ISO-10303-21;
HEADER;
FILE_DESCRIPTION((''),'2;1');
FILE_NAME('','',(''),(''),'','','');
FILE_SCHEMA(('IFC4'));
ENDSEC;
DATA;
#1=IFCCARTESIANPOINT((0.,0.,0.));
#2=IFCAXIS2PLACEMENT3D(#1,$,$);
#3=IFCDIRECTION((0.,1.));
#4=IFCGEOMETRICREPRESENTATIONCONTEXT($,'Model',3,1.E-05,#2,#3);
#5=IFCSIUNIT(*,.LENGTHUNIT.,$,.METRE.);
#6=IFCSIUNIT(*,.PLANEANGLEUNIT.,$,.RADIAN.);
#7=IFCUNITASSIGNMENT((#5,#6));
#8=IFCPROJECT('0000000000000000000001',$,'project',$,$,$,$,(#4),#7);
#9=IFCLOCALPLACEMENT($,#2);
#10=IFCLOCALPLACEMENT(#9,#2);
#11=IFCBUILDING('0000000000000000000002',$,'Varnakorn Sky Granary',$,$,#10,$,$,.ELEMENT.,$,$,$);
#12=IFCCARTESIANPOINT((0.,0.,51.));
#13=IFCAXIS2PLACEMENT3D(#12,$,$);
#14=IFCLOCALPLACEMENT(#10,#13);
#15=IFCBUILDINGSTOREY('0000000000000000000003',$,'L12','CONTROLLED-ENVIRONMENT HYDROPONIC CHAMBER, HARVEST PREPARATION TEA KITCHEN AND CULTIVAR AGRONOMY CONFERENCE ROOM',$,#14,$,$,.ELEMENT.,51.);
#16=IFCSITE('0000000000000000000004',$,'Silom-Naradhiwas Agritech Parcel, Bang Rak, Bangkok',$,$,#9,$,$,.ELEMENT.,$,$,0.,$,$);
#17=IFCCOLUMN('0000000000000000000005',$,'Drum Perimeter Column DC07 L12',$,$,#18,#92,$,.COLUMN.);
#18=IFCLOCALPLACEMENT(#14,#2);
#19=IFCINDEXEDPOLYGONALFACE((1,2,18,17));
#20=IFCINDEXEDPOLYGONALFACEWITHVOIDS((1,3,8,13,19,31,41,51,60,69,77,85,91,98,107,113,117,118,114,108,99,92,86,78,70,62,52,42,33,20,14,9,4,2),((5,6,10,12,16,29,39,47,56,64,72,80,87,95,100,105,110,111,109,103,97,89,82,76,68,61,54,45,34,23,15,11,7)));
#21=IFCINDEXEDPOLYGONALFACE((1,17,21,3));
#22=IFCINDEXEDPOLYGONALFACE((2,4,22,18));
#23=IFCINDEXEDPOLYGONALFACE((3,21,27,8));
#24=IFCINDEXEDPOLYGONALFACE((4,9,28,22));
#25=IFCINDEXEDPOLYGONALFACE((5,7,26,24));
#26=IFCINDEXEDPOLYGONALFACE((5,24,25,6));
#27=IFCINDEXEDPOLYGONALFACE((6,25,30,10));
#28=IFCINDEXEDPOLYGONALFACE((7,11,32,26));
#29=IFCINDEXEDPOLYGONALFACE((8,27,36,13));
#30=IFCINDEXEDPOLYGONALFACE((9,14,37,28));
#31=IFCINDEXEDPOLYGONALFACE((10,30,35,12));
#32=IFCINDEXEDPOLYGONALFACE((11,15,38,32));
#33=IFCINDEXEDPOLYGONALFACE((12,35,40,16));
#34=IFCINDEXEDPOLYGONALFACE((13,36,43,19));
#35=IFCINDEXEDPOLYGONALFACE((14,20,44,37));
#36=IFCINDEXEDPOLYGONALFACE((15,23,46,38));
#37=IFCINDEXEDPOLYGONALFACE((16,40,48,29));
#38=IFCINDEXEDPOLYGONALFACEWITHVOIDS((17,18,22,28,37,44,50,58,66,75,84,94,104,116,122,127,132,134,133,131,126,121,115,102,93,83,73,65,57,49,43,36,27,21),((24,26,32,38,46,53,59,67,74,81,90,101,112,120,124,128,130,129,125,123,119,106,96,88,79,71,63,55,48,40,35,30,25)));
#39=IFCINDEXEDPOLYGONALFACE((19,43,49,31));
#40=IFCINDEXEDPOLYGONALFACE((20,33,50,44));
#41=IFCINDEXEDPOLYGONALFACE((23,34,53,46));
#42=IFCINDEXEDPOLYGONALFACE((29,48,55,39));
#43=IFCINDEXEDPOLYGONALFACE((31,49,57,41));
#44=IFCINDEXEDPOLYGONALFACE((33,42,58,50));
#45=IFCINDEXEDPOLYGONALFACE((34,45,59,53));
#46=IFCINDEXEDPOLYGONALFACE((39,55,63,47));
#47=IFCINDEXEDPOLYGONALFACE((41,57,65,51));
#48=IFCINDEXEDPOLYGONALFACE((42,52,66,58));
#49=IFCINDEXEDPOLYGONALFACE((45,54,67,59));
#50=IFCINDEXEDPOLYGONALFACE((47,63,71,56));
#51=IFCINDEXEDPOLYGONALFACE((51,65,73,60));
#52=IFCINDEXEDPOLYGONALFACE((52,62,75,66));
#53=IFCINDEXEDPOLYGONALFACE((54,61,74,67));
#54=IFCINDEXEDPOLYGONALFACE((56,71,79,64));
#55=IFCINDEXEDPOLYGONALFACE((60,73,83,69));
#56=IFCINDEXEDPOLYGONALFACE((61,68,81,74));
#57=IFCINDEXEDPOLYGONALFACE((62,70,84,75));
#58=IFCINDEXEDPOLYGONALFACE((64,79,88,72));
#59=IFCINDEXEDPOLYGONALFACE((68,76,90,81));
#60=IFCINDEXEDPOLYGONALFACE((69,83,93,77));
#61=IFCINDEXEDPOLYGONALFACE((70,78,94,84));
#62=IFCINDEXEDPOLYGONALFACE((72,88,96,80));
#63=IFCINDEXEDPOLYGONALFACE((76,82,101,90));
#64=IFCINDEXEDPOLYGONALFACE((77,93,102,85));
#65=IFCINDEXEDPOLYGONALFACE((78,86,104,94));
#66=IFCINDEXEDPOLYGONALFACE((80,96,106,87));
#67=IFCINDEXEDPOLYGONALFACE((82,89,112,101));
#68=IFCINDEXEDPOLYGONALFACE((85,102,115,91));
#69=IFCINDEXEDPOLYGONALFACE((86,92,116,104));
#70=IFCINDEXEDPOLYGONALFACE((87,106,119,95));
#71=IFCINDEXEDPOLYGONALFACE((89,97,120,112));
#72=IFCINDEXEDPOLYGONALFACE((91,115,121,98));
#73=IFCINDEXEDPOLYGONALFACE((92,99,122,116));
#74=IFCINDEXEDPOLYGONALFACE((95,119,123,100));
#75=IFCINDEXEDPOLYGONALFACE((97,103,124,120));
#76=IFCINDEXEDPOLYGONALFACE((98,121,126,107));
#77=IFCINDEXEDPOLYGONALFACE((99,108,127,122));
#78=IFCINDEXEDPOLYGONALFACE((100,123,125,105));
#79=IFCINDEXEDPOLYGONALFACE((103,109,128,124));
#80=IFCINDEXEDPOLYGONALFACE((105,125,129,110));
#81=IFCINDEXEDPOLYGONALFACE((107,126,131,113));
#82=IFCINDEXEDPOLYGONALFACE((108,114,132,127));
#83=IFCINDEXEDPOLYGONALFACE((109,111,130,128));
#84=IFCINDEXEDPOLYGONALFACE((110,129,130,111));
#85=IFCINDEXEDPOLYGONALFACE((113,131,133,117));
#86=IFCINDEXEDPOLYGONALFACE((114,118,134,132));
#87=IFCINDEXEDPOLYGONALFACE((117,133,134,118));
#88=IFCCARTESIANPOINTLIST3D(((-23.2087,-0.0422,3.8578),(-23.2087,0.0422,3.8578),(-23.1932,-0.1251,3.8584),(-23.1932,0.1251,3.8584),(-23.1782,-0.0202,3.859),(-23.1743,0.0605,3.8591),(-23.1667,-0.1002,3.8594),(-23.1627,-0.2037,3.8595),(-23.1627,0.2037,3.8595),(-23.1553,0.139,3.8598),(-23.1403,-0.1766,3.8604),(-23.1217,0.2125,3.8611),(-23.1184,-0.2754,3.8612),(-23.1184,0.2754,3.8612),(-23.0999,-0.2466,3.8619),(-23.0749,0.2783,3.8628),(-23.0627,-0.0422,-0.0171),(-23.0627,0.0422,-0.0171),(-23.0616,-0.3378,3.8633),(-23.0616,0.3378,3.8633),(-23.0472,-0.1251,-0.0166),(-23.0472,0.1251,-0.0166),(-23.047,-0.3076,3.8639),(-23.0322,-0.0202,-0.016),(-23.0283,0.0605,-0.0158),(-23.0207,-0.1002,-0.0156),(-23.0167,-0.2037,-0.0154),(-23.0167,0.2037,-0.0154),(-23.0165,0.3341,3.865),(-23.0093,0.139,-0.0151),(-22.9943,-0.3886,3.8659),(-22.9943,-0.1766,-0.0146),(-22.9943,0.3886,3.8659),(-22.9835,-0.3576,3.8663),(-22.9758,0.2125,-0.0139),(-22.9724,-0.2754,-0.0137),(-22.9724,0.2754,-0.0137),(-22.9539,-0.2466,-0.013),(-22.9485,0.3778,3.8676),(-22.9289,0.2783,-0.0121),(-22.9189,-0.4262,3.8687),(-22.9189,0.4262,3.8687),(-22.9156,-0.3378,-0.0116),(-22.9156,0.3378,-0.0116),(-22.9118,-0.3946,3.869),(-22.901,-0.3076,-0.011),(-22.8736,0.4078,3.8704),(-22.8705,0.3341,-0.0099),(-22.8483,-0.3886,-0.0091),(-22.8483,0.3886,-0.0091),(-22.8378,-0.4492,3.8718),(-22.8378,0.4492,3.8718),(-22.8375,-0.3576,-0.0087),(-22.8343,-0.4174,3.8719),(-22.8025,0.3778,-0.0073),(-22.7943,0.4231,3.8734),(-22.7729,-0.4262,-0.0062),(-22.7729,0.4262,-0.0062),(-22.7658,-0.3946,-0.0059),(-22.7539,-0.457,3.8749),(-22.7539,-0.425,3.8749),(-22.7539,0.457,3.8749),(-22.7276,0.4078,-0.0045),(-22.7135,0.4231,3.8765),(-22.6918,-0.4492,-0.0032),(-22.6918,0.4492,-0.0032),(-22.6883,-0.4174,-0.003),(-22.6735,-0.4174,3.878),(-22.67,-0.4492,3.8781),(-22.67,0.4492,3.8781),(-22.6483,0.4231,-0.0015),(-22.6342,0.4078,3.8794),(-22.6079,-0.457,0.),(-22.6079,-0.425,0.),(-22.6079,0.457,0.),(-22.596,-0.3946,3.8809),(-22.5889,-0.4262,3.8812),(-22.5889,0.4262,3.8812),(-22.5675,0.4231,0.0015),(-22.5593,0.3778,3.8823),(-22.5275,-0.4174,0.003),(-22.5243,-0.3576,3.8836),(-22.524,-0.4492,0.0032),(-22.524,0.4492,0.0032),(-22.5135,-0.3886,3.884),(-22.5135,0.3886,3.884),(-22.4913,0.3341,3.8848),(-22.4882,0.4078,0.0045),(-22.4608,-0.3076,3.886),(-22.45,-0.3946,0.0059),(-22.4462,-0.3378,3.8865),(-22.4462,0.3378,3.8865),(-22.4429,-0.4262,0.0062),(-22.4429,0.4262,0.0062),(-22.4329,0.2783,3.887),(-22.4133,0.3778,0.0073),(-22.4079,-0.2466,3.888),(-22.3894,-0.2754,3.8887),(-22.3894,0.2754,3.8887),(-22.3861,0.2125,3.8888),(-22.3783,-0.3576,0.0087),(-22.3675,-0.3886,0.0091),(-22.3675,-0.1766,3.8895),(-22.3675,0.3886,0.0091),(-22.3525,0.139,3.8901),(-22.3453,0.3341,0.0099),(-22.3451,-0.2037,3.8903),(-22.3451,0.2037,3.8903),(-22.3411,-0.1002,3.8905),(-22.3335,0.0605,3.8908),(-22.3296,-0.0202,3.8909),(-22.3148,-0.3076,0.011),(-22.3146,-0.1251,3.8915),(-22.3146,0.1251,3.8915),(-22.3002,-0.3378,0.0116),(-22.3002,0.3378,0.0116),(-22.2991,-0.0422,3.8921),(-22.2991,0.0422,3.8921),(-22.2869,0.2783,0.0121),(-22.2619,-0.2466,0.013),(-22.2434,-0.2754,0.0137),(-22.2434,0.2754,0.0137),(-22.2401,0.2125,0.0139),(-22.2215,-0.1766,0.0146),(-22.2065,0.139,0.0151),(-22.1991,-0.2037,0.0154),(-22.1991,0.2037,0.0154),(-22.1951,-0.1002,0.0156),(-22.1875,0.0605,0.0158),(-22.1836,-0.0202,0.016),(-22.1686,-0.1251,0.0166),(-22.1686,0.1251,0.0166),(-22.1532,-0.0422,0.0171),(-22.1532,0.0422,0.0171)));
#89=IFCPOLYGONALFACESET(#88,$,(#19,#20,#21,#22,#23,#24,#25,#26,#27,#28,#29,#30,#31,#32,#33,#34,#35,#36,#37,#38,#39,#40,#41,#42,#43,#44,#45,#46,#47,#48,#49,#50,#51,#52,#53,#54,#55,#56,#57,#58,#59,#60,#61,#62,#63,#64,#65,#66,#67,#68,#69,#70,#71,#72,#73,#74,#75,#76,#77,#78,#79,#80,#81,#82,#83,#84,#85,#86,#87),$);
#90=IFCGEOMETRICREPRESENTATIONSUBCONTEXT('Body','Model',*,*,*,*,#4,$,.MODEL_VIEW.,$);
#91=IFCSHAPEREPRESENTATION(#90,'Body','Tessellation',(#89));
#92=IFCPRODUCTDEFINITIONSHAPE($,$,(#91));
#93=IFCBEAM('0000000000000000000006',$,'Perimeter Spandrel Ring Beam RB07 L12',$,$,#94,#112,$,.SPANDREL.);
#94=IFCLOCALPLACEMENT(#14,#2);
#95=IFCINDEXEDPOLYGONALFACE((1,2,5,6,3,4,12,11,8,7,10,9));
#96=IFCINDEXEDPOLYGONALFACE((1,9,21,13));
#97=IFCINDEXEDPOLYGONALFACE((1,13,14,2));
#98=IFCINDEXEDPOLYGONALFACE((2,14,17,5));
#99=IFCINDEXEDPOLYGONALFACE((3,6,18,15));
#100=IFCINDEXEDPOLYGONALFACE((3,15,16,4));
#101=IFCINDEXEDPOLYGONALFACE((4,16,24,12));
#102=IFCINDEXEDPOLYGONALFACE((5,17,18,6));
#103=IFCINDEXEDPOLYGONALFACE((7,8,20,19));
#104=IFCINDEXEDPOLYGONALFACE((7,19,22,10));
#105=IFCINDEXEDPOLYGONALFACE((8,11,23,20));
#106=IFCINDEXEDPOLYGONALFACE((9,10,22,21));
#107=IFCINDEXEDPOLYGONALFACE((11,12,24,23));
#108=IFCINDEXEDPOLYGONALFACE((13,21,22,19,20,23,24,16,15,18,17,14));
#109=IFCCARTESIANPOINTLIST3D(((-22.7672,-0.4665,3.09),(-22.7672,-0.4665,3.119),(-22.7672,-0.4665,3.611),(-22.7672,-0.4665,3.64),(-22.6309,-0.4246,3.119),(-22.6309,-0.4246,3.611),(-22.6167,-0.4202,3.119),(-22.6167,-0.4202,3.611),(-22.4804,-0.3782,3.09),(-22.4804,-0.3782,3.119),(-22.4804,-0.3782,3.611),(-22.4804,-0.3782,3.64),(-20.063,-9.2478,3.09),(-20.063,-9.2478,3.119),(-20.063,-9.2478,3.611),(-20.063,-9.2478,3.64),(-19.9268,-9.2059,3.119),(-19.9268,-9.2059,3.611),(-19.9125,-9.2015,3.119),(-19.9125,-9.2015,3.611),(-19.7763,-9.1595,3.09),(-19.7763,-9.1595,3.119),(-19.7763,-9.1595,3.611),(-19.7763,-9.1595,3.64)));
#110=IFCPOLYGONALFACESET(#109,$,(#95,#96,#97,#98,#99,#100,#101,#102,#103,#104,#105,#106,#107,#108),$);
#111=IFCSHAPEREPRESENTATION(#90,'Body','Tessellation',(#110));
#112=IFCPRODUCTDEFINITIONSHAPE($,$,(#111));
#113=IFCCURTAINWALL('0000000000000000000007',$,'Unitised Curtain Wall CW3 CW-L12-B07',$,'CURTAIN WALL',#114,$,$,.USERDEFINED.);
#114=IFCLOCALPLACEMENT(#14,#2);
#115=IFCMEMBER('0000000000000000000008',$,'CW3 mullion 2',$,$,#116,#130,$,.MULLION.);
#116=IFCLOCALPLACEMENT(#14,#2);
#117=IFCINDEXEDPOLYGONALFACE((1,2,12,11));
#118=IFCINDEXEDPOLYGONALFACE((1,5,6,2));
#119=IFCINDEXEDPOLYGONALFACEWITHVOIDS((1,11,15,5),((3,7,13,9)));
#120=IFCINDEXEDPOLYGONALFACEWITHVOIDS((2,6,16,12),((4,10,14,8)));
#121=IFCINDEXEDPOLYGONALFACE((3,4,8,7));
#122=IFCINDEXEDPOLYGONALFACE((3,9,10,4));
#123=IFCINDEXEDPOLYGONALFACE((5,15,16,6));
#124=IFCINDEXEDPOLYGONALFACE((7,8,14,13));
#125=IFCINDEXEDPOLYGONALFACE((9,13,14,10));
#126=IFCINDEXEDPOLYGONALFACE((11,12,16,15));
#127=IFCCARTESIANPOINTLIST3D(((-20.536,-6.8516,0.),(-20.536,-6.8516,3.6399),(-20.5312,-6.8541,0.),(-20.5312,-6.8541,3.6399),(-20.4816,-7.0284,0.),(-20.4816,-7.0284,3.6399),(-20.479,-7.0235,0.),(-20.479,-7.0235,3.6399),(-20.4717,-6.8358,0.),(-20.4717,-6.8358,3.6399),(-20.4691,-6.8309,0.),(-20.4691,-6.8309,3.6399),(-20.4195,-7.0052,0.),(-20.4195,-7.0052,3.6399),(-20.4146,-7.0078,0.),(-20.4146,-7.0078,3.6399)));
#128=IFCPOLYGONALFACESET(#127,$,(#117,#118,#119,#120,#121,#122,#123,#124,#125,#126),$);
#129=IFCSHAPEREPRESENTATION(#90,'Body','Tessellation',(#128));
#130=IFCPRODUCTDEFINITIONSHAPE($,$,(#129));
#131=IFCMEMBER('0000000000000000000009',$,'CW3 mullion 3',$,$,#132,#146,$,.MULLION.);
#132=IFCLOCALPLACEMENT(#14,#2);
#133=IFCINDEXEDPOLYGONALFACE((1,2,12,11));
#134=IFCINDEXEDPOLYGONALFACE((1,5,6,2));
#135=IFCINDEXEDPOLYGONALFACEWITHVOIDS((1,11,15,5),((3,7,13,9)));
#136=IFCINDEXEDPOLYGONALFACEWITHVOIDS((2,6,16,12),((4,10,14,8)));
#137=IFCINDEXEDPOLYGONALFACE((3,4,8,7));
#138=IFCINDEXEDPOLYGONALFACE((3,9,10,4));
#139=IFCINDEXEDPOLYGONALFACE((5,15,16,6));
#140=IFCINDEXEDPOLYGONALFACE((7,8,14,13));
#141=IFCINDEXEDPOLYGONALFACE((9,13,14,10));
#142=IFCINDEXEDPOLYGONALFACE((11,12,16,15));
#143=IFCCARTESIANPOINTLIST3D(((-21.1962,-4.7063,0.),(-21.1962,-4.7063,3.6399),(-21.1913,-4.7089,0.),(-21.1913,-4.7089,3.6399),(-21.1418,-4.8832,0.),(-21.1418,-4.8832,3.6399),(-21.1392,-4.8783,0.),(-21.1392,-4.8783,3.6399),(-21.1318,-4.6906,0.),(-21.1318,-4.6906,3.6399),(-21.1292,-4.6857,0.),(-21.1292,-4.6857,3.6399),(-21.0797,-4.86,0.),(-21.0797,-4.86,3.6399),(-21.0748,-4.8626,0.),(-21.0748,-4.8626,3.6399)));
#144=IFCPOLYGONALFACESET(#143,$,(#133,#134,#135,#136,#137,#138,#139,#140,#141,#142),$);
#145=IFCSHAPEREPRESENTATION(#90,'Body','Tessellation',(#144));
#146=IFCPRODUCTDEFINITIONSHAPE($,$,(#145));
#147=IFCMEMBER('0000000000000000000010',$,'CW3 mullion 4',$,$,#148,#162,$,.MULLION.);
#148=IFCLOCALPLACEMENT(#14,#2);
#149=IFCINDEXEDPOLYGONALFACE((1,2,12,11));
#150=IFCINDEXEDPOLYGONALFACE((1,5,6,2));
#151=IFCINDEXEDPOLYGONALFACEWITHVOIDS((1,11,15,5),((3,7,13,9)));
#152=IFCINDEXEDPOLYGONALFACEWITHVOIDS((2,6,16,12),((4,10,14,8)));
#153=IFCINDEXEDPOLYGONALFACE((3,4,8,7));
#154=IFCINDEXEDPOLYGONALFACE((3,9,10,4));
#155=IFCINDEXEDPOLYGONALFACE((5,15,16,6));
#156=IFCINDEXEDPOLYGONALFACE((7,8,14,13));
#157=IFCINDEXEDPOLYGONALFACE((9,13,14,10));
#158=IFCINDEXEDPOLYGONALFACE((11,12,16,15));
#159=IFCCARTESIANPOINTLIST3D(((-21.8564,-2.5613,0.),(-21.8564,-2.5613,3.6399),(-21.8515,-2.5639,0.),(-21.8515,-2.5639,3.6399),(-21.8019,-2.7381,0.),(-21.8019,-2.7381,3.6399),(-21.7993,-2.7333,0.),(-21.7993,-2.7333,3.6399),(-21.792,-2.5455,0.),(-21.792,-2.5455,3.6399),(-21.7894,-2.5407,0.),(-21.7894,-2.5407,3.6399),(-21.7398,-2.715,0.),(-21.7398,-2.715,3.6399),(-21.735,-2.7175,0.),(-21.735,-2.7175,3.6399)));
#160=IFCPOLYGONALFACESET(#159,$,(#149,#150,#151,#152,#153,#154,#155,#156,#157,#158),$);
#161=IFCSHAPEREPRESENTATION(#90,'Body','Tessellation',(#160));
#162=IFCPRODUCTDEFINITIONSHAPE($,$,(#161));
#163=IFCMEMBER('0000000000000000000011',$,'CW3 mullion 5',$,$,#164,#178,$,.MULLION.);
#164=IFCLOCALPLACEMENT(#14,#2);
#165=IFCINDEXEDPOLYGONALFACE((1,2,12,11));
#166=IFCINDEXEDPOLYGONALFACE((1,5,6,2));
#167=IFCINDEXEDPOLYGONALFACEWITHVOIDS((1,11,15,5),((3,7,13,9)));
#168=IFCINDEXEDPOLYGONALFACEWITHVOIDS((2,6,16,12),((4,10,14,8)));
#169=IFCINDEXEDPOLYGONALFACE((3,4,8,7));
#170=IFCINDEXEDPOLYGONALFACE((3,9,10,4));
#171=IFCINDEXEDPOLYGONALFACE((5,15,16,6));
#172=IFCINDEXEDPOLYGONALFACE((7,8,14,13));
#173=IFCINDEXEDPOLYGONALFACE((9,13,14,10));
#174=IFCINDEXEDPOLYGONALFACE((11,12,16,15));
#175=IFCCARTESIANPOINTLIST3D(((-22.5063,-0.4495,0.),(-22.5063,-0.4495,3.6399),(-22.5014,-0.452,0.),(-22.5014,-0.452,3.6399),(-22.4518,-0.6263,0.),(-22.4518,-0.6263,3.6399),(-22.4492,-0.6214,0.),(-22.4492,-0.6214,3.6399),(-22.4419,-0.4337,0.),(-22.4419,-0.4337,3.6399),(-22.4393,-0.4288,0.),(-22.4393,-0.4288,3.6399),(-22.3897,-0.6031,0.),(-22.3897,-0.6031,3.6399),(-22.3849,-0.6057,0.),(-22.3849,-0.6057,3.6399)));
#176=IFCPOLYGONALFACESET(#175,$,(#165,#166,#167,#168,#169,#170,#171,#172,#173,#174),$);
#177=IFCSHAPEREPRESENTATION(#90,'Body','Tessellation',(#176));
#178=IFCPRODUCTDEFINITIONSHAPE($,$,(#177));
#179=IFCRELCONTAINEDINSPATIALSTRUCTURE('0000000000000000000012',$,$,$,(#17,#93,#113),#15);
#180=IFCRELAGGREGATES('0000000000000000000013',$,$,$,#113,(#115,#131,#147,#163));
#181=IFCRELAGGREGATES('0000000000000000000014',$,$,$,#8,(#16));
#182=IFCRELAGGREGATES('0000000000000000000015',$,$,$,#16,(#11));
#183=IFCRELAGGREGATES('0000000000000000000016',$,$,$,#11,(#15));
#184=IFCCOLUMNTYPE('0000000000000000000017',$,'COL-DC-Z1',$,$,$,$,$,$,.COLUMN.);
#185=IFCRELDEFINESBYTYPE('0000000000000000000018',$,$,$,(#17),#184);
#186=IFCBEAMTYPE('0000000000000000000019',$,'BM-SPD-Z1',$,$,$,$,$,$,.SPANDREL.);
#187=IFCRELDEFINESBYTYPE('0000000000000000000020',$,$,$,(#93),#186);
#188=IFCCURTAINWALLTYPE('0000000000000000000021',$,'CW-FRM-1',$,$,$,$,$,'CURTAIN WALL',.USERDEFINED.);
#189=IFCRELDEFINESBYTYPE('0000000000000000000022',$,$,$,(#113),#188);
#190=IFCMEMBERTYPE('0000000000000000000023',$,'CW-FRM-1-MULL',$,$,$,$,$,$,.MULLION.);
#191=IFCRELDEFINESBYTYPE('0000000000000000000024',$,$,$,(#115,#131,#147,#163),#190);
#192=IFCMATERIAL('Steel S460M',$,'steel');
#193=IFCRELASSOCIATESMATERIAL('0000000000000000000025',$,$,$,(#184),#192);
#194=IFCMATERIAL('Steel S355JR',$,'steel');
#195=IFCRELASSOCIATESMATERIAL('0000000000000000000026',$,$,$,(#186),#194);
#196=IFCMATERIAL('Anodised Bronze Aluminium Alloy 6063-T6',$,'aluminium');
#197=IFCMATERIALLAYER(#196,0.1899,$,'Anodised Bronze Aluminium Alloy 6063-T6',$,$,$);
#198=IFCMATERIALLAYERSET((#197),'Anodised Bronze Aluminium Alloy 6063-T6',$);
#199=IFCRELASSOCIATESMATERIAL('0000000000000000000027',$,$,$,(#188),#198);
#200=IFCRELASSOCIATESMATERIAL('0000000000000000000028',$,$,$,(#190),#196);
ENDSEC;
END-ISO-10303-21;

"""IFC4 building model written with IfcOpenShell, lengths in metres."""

from ifc_helpers import new_model, si_unit, direction, frame, origin, origin_2d, place, context, subcontext, project, spatial, hollow_rectangle, hollow_circle, i_section, extrude, material, layer, layer_set, material_profile, profile_set, type_object, element, aggregate, save


model = new_model("IFC4")

# Units and contexts
model_context = context("Model", 3, precision=1e-05, world=origin(), true_north=direction((0.0, 1.0)))
body_context = subcontext(model_context, "Body", "Model", "MODEL_VIEW")
ifc_project = project(units=[si_unit("LENGTHUNIT", "METRE"), si_unit("PLANEANGLEUNIT", "RADIAN")], contexts=[model_context])

# Site, building, storey
site_placement = place(None, origin())
site = spatial("IfcSite", under=ifc_project, at=site_placement, Name="Silom-Naradhiwas Agritech Parcel, Bang Rak, Bangkok", CompositionType="ELEMENT", RefElevation=0.0)
building_placement = place(site_placement, origin())
building = spatial("IfcBuilding", under=site, at=building_placement, Name="Varnakorn Sky Granary", CompositionType="ELEMENT")
storey_placement = place(building_placement, frame((0.0, 0.0, 51.0)))
storey = spatial("IfcBuildingStorey", under=building, at=storey_placement, Name="L12", Description="CONTROLLED-ENVIRONMENT HYDROPONIC CHAMBER, HARVEST PREPARATION TEA KITCHEN AND CULTIVAR AGRONOMY CONFERENCE ROOM", CompositionType="ELEMENT", Elevation=51.0)

# Column
ifc_material_1 = material(Name="Steel S460M", Category="steel")
ifc_material_profile_1 = material_profile(ifc_material_1, hollow_circle(Radius=0.457, WallThickness=0.032, at=origin_2d()), Name="CHS 914x32")
ifc_profile_set_1 = profile_set([ifc_material_profile_1], Name="Steel S460M")
column_type = type_object("IfcColumnType", Name="COL-DC-Z1", PredefinedType="COLUMN", material=ifc_profile_set_1)
column_placement = place(storey_placement, frame((-22.6079, 0.0, 0.0), z_axis=(-0.03765, 0.0, 0.999291), x_axis=(0.0, -1.0, 0.0)))
element("IfcColumn", 1, at=column_placement, inside=storey, type_object=column_type, Name="Drum Perimeter Column DC07 L12", PredefinedType="COLUMN", context=body_context, shape_type="SweptSolid", body=[
    extrude(hollow_circle(Radius=0.457, WallThickness=0.032, at=origin_2d()), origin(), (0.0, 0.0, 1.0), 3.8777),
])

# Beam
ifc_material_2 = material(Name="Steel S355JR", Category="steel")
ifc_material_profile_2 = material_profile(ifc_material_2, i_section(OverallWidth=0.3, OverallDepth=0.55, WebThickness=0.0149, FlangeThickness=0.0291, at=origin_2d()), Name="HE 550 B")
ifc_profile_set_2 = profile_set([ifc_material_profile_2], Name="Steel S355JR")
beam_type = type_object("IfcBeamType", Name="BM-SPD-Z1", PredefinedType="SPANDREL", material=ifc_profile_set_2)
beam_placement = place(storey_placement, frame((-22.6238, -0.4224, 3.365), z_axis=(0.294302, -0.955712, 0.0), x_axis=(0.955712, 0.294302, 0.0)))
element("IfcBeam", 2, at=beam_placement, inside=storey, type_object=beam_type, Name="Perimeter Spandrel Ring Beam RB07 L12", PredefinedType="SPANDREL", context=body_context, shape_type="SweptSolid", body=[
    extrude(i_section(OverallWidth=0.3, OverallDepth=0.55, WebThickness=0.0149, FlangeThickness=0.0291, at=origin_2d()), origin(), (0.0, 0.0, 1.0), 9.1882),
])

# Curtain wall, members
ifc_material_3 = material(Name="Anodised Bronze Aluminium Alloy 6063-T6", Category="aluminium")
ifc_layer_1 = layer(ifc_material_3, 0.1899, Name="Anodised Bronze Aluminium Alloy 6063-T6")
ifc_layer_set_1 = layer_set([ifc_layer_1], Name="Anodised Bronze Aluminium Alloy 6063-T6")
curtain_wall_type = type_object("IfcCurtainWallType", Name="CW-FRM-1", ElementType="CURTAIN WALL", PredefinedType="USERDEFINED", material=ifc_layer_set_1)
curtain_wall_placement = place(storey_placement, origin())
curtain_wall = element("IfcCurtainWall", 3, at=curtain_wall_placement, inside=storey, type_object=curtain_wall_type, Name="Unitised Curtain Wall CW3 CW-L12-B07", ObjectType="CURTAIN WALL", PredefinedType="USERDEFINED")
ifc_material_profile_3 = material_profile(ifc_material_3, hollow_rectangle(XDim=0.0701, YDim=0.1851, WallThickness=0.0039, at=origin_2d()), Name="ALU MULL 70x185")
ifc_profile_set_3 = profile_set([ifc_material_profile_3], Name="Anodised Bronze Aluminium Alloy 6063-T6")
member_type_1 = type_object("IfcMemberType", Name="CW-FRM-1-MULL", PredefinedType="MULLION", material=ifc_profile_set_3)
member_1_placement = place(storey_placement, frame((-20.4753, -6.9297, 0.0), z_axis=(0.0, 0.0, 1.0), x_axis=(-0.955768, -0.294122, 0.0)))
member_1 = element("IfcMember", 4, at=member_1_placement, type_object=member_type_1, Name="CW3 mullion 2", PredefinedType="MULLION", context=body_context, shape_type="SweptSolid", body=[
    extrude(hollow_rectangle(XDim=0.0701, YDim=0.1851, WallThickness=0.0039, at=origin_2d()), origin(), (0.0, 0.0, 1.0), 3.6399),
])
member_2_placement = place(storey_placement, frame((-21.1355, -4.7844, 0.0), z_axis=(0.0, 0.0, 1.0), x_axis=(-0.955768, -0.294122, 0.0)))
member_2 = element("IfcMember", 5, at=member_2_placement, type_object=member_type_1, Name="CW3 mullion 3", PredefinedType="MULLION", context=body_context, shape_type="SweptSolid", body=[
    extrude(hollow_rectangle(XDim=0.0701, YDim=0.1851, WallThickness=0.0039, at=origin_2d()), origin(), (0.0, 0.0, 1.0), 3.6399),
])
member_3_placement = place(storey_placement, frame((-21.7957, -2.6394, 0.0), z_axis=(0.0, 0.0, 1.0), x_axis=(-0.955768, -0.294122, 0.0)))
member_3 = element("IfcMember", 6, at=member_3_placement, type_object=member_type_1, Name="CW3 mullion 4", PredefinedType="MULLION", context=body_context, shape_type="SweptSolid", body=[
    extrude(hollow_rectangle(XDim=0.0701, YDim=0.1851, WallThickness=0.0039, at=origin_2d()), origin(), (0.0, 0.0, 1.0), 3.6399),
])
member_4_placement = place(storey_placement, frame((-22.4456, -0.5276, 0.0), z_axis=(0.0, 0.0, 1.0), x_axis=(-0.955768, -0.294122, 0.0)))
member_4 = element("IfcMember", 7, at=member_4_placement, type_object=member_type_1, Name="CW3 mullion 5", PredefinedType="MULLION", context=body_context, shape_type="SweptSolid", body=[
    extrude(hollow_rectangle(XDim=0.0701, YDim=0.1851, WallThickness=0.0039, at=origin_2d()), origin(), (0.0, 0.0, 1.0), 3.6399),
])

aggregate(curtain_wall, [member_1, member_2, member_3, member_4])

save(model, "model.ifc")
